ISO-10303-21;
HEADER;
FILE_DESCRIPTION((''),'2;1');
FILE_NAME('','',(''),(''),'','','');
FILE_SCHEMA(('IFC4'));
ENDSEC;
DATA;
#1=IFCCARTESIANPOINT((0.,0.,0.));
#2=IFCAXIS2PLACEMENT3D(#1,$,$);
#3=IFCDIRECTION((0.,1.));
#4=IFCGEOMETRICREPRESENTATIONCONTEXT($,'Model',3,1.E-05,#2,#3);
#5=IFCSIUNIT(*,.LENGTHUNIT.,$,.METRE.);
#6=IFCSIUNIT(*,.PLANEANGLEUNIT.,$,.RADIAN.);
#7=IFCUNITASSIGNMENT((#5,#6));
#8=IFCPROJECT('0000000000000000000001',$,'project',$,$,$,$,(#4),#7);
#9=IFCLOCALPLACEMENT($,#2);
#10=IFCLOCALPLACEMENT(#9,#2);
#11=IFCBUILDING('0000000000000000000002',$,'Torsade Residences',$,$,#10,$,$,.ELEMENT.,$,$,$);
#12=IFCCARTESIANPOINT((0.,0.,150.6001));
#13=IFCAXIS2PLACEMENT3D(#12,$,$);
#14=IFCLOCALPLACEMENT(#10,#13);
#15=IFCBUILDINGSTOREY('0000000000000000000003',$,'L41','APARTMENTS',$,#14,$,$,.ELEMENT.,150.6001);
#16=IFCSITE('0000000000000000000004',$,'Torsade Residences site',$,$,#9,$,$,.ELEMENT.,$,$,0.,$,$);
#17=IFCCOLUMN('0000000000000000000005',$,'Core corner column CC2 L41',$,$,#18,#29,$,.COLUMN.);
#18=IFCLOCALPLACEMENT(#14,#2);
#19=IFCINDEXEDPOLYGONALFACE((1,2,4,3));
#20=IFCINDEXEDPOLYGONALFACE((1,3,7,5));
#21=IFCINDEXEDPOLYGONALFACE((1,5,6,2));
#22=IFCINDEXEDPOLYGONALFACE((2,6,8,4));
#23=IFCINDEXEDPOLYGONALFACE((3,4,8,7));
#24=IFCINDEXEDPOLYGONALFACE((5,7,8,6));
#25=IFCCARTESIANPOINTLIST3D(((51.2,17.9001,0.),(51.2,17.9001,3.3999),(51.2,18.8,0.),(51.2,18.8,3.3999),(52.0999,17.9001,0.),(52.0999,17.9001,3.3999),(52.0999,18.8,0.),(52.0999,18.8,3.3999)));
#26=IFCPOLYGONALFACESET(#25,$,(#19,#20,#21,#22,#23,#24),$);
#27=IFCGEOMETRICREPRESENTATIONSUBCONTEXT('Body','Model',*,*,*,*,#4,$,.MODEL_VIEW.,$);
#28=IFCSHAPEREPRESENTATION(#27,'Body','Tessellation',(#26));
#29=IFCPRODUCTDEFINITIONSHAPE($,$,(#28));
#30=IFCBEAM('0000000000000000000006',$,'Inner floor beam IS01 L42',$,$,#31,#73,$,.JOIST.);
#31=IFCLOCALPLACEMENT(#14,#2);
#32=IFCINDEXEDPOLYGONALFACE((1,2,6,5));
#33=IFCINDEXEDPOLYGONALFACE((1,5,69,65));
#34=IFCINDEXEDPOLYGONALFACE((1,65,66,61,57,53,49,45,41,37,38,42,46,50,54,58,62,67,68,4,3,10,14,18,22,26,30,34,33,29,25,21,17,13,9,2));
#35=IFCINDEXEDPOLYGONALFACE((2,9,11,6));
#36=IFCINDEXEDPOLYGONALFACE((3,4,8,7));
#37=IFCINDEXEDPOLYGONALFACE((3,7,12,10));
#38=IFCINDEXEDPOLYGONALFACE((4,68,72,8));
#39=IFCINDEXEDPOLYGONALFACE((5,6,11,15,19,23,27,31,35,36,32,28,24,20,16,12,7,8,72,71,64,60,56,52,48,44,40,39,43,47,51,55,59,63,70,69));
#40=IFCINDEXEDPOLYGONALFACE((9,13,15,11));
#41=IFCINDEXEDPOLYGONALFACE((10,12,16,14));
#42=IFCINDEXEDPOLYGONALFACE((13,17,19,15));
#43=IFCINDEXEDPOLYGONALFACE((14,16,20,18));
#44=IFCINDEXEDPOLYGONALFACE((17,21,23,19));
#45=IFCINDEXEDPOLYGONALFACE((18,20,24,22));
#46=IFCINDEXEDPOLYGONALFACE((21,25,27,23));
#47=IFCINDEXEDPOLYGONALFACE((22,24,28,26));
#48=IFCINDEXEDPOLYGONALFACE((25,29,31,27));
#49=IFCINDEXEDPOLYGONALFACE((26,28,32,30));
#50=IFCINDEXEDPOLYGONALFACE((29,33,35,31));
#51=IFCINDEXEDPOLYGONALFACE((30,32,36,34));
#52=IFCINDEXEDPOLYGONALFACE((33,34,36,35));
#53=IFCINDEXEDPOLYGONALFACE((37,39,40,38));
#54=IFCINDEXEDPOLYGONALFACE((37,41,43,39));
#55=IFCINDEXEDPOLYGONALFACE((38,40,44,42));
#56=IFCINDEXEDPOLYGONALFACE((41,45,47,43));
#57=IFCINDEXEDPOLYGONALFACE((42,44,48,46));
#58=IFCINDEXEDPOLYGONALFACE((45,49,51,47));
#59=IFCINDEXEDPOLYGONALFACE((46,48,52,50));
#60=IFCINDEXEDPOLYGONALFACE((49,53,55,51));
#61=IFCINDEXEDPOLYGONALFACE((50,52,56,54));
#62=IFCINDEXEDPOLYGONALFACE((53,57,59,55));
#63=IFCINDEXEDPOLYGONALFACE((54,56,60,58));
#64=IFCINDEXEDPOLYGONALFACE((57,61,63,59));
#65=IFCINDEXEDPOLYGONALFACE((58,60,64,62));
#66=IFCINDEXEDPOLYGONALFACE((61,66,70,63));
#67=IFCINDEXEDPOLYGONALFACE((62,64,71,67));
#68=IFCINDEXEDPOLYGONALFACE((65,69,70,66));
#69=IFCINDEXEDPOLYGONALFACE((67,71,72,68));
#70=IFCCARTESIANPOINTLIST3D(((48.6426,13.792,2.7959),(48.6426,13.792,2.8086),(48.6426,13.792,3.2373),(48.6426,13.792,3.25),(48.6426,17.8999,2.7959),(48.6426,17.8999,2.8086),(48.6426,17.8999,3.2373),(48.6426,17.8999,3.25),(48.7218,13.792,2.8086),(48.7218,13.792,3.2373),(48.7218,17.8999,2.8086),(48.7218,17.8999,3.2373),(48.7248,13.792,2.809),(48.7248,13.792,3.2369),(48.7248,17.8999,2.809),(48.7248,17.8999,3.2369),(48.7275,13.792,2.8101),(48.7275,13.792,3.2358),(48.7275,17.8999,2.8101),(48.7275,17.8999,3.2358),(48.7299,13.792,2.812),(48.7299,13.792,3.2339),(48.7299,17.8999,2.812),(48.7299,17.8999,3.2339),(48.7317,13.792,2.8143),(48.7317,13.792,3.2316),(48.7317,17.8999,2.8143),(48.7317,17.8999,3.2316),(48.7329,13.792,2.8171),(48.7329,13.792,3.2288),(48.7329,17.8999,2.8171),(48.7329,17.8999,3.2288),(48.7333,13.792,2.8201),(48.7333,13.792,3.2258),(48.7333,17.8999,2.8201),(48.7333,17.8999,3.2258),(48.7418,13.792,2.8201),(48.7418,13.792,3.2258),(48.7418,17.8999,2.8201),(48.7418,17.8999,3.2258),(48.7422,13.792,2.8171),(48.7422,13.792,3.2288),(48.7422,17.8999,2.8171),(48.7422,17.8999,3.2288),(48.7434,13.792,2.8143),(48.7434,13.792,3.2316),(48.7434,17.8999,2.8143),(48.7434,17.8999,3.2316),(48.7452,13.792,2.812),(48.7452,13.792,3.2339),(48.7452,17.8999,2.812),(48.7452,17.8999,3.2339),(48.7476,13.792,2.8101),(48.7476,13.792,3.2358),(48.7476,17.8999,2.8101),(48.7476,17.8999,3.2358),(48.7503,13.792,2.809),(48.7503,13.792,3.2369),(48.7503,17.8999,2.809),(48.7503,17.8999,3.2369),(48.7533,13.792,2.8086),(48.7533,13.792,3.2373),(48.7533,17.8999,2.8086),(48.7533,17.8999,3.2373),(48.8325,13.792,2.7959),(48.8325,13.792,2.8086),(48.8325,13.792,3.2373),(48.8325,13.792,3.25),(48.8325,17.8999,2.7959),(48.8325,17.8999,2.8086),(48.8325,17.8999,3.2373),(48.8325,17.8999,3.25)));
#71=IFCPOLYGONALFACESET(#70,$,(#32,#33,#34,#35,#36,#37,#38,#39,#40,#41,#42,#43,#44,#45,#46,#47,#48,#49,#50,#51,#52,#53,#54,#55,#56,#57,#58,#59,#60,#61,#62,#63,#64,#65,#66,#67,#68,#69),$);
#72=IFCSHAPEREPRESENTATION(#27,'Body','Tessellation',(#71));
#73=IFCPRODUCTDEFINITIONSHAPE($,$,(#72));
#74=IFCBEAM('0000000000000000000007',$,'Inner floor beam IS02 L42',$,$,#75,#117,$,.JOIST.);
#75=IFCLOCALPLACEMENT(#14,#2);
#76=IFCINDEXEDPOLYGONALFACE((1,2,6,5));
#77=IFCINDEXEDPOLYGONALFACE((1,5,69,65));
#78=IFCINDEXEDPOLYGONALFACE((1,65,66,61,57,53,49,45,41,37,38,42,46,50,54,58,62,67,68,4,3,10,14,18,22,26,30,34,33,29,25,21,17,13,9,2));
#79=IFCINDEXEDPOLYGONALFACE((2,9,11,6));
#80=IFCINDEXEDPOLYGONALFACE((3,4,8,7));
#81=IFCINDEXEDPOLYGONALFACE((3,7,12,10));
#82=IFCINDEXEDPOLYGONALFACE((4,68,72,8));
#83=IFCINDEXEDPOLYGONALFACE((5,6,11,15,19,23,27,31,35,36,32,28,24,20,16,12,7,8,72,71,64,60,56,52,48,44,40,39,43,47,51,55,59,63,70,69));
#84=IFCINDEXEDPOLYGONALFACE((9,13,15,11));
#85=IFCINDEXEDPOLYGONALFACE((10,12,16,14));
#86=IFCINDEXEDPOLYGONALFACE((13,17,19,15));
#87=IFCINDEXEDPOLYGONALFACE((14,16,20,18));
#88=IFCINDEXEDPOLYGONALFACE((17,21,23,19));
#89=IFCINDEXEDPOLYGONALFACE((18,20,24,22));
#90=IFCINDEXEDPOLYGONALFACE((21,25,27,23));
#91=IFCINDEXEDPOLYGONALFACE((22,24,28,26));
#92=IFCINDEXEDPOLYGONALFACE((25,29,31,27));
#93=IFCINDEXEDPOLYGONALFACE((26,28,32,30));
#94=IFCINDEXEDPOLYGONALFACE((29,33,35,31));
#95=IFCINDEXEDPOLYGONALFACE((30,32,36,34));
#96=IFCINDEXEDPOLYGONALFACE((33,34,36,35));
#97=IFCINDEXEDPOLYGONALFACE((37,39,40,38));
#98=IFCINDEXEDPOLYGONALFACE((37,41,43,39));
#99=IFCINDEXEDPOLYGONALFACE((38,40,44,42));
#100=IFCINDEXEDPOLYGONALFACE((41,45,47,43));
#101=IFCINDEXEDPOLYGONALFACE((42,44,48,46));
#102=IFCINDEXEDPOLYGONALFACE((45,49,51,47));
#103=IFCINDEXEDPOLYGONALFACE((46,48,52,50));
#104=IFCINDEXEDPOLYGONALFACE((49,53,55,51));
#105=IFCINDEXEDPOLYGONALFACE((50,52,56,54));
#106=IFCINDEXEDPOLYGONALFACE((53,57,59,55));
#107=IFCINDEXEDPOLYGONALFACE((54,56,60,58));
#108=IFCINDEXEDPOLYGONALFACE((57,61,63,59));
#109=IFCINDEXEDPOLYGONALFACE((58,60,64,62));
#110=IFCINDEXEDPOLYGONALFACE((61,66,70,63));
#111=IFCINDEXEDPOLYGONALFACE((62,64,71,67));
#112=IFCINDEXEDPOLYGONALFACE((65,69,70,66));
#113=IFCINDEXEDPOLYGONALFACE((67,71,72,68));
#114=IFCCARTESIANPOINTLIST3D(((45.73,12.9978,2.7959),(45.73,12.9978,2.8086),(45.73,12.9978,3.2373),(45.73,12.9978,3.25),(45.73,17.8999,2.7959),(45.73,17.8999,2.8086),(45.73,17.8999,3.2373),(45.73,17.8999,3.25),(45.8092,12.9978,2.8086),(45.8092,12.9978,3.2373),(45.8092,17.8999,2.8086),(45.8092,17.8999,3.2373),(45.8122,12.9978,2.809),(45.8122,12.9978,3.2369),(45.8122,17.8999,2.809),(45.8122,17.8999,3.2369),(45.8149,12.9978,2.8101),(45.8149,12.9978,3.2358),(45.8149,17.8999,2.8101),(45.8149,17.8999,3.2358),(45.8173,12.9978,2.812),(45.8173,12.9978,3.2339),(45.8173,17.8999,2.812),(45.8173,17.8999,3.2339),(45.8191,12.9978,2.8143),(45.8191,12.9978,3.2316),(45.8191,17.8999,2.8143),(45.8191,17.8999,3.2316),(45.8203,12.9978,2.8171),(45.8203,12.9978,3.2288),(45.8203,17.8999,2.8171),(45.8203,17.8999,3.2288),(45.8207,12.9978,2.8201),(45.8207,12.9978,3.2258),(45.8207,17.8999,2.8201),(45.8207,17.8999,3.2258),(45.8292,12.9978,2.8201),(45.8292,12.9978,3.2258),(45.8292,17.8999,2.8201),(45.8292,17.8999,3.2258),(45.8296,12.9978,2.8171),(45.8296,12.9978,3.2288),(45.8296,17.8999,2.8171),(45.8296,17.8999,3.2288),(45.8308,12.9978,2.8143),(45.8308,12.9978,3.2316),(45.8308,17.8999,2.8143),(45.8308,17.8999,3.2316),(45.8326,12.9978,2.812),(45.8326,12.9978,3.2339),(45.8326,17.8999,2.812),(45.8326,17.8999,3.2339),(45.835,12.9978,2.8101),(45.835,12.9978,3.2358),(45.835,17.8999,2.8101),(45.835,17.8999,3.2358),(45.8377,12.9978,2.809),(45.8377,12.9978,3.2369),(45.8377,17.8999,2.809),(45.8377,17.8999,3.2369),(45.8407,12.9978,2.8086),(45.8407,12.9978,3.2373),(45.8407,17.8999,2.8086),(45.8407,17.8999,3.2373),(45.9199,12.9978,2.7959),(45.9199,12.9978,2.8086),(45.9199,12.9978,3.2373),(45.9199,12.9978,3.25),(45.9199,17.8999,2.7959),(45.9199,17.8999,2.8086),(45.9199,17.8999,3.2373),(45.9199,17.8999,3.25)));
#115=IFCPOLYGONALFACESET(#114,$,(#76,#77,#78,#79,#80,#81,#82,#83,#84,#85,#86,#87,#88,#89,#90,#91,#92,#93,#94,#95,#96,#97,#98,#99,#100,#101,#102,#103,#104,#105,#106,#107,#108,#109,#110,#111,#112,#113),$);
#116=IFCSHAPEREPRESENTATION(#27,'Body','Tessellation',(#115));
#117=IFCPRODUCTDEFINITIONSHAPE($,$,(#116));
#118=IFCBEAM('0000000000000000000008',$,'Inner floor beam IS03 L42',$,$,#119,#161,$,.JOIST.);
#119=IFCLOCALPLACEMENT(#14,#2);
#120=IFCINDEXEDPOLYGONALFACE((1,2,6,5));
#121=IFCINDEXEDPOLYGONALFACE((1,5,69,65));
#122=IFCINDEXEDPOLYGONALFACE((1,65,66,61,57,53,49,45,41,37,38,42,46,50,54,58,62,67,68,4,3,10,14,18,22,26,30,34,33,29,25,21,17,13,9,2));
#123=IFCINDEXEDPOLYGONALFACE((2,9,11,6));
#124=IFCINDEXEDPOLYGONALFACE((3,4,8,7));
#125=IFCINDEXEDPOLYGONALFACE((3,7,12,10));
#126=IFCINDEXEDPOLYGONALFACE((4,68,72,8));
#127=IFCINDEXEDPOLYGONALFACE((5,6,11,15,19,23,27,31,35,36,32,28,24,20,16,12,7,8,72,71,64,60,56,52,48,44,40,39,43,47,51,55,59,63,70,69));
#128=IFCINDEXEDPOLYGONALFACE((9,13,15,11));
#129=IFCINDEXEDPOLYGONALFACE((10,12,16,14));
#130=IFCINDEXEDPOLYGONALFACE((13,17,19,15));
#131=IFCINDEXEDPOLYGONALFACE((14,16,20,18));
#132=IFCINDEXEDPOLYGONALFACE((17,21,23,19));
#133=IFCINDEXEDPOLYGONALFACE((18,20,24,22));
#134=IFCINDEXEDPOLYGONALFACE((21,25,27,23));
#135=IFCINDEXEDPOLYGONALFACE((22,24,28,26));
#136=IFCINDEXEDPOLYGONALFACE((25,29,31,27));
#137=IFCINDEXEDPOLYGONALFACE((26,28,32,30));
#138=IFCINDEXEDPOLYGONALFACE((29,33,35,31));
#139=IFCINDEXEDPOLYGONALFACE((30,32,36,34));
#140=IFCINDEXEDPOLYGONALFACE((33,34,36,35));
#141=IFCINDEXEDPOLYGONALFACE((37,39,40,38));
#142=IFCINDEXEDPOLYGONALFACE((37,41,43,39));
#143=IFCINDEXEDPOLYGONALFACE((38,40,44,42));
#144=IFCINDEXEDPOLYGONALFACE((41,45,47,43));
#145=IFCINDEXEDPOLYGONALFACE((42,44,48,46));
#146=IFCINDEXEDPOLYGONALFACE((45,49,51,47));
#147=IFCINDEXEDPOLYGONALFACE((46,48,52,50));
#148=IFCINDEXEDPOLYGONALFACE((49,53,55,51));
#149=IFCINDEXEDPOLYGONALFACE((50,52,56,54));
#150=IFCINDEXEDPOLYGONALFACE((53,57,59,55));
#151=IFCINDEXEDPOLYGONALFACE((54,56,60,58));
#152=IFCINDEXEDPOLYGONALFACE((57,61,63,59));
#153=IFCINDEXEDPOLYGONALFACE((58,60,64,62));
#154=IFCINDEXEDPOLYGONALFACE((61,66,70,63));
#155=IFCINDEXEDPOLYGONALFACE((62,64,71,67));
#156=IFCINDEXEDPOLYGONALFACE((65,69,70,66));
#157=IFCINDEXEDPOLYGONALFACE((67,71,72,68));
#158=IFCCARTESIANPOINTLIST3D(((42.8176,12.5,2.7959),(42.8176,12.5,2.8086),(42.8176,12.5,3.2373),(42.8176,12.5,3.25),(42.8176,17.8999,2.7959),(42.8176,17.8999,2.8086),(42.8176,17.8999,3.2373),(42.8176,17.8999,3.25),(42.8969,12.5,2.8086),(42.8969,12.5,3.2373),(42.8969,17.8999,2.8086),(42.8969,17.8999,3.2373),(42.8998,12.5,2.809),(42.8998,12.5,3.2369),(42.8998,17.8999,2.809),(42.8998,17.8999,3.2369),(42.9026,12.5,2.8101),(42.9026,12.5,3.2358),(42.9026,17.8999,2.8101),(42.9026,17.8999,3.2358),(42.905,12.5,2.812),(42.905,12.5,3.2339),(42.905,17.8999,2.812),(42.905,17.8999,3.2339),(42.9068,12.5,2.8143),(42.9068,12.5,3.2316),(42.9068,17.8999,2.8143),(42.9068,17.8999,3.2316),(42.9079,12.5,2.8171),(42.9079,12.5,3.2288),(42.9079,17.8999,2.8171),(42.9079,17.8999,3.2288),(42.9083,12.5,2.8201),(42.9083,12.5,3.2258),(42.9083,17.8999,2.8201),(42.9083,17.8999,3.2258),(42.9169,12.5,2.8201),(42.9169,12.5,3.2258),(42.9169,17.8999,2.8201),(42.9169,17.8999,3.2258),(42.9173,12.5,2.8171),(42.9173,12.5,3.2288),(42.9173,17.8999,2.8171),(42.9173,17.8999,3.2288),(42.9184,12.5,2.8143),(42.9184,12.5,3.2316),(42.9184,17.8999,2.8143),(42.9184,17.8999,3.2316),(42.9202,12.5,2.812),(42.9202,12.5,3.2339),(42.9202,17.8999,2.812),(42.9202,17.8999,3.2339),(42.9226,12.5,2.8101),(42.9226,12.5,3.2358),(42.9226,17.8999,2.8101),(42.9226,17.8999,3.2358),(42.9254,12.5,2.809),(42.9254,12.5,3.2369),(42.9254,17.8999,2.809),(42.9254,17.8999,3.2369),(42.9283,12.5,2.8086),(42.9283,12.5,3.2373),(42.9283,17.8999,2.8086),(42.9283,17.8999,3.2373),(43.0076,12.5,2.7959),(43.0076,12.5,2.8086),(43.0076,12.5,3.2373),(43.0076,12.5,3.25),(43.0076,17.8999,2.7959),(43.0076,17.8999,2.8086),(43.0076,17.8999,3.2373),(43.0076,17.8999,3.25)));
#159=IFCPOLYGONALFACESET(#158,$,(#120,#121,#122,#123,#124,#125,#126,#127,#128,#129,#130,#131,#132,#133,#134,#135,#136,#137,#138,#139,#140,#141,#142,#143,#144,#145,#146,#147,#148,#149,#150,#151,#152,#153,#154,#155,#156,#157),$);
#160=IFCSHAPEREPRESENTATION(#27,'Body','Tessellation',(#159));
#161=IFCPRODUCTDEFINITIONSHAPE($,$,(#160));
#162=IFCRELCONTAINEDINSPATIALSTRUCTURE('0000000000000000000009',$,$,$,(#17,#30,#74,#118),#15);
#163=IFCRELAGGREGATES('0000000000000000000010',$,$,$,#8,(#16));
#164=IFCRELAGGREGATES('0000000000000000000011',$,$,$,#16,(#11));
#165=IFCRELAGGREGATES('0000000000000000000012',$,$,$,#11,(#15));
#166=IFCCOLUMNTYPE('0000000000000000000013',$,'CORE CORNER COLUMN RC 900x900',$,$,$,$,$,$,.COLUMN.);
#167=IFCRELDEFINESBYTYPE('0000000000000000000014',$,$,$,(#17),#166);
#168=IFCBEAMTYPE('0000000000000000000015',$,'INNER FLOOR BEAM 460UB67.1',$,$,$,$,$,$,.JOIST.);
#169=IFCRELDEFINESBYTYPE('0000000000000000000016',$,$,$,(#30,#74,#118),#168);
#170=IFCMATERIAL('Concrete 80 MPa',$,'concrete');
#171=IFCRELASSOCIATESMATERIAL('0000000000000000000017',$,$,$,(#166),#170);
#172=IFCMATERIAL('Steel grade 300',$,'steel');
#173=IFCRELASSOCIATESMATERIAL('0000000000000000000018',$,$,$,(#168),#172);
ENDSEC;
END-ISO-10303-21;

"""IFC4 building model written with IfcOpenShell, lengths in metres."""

from ifc_helpers import new_model, si_unit, direction, frame, origin, origin_2d, place, context, subcontext, project, spatial, rectangle, i_section, extrude, material, material_profile, profile_set, type_object, element, save


model = new_model("IFC4")

# Units and contexts
model_context = context("Model", 3, precision=1e-05, world=origin(), true_north=direction((0.0, 1.0)))
body_context = subcontext(model_context, "Body", "Model", "MODEL_VIEW")
ifc_project = project(units=[si_unit("LENGTHUNIT", "METRE"), si_unit("PLANEANGLEUNIT", "RADIAN")], contexts=[model_context])

# Site, building, storey
site_placement = place(None, origin())
site = spatial("IfcSite", under=ifc_project, at=site_placement, Name="Torsade Residences site", CompositionType="ELEMENT", RefElevation=0.0)
building_placement = place(site_placement, origin())
building = spatial("IfcBuilding", under=site, at=building_placement, Name="Torsade Residences", CompositionType="ELEMENT")
storey_placement = place(building_placement, frame((0.0, 0.0, 150.6001)))
storey = spatial("IfcBuildingStorey", under=building, at=storey_placement, Name="L41", Description="APARTMENTS", CompositionType="ELEMENT", Elevation=150.6001)

# Column
ifc_material_1 = material(Name="Concrete 80 MPa", Category="concrete")
ifc_material_profile_1 = material_profile(ifc_material_1, rectangle(XDim=0.8999, YDim=0.8999, at=origin_2d()), Name="RC 900x900")
ifc_profile_set_1 = profile_set([ifc_material_profile_1], Name="Concrete 80 MPa")
column_type = type_object("IfcColumnType", Name="CORE CORNER COLUMN RC 900x900", PredefinedType="COLUMN", material=ifc_profile_set_1)
column_placement = place(storey_placement, frame((51.6499, 18.3501, 0.0), z_axis=(0.0, 0.0, 1.0), x_axis=(1.0, 0.0, 0.0)))
element("IfcColumn", 1, at=column_placement, inside=storey, type_object=column_type, Name="Core corner column CC2 L41", PredefinedType="COLUMN", context=body_context, shape_type="SweptSolid", body=[
    extrude(rectangle(XDim=0.8999, YDim=0.8999, at=origin_2d()), origin(), (0.0, 0.0, 1.0), 3.3999),
])

# Beams
ifc_material_2 = material(Name="Steel grade 300", Category="steel")
ifc_material_profile_2 = material_profile(ifc_material_2, i_section(OverallWidth=0.1899, OverallDepth=0.4541, WebThickness=0.0085, FlangeThickness=0.0127, FilletRadius=0.0115, at=origin_2d()), Name="460UB67.1")
ifc_profile_set_2 = profile_set([ifc_material_profile_2], Name="Steel grade 300")
beam_type = type_object("IfcBeamType", Name="INNER FLOOR BEAM 460UB67.1", PredefinedType="JOIST", material=ifc_profile_set_2)
beam_1_placement = place(storey_placement, frame((48.7375, 17.8999, 3.0229), z_axis=(0.0, -1.0, 0.0), x_axis=(1.0, 0.0, 0.0)))
element("IfcBeam", 2, at=beam_1_placement, inside=storey, type_object=beam_type, Name="Inner floor beam IS01 L42", PredefinedType="JOIST", context=body_context, shape_type="SweptSolid", body=[
    extrude(i_section(OverallWidth=0.1899, OverallDepth=0.4541, WebThickness=0.0085, FlangeThickness=0.0127, FilletRadius=0.0115, at=origin_2d()), origin(), (0.0, 0.0, 1.0), 4.1079),
])
beam_2_placement = place(storey_placement, frame((45.825, 17.8999, 3.0229), z_axis=(0.0, -1.0, 0.0), x_axis=(1.0, 0.0, 0.0)))
element("IfcBeam", 3, at=beam_2_placement, inside=storey, type_object=beam_type, Name="Inner floor beam IS02 L42", PredefinedType="JOIST", context=body_context, shape_type="SweptSolid", body=[
    extrude(i_section(OverallWidth=0.1899, OverallDepth=0.4541, WebThickness=0.0085, FlangeThickness=0.0127, FilletRadius=0.0115, at=origin_2d()), origin(), (0.0, 0.0, 1.0), 4.9021),
])
for number, where, z_axis, x_axis, name in (
    (4, (42.9126, 17.8999, 3.0229), (0.0, -1.0, 0.0), (1.0, 0.0, 0.0), "Inner floor beam IS03 L42"),
):
    element("IfcBeam", number, at=place(storey_placement, frame(where, z_axis=z_axis, x_axis=x_axis)), inside=storey, type_object=beam_type, Name=name, PredefinedType="JOIST", context=body_context, shape_type="SweptSolid", body=[
        extrude(i_section(OverallWidth=0.1899, OverallDepth=0.4541, WebThickness=0.0085, FlangeThickness=0.0127, FilletRadius=0.0115, at=origin_2d()), origin(), (0.0, 0.0, 1.0), 5.3999),
    ])

save(model, "model.ifc")
